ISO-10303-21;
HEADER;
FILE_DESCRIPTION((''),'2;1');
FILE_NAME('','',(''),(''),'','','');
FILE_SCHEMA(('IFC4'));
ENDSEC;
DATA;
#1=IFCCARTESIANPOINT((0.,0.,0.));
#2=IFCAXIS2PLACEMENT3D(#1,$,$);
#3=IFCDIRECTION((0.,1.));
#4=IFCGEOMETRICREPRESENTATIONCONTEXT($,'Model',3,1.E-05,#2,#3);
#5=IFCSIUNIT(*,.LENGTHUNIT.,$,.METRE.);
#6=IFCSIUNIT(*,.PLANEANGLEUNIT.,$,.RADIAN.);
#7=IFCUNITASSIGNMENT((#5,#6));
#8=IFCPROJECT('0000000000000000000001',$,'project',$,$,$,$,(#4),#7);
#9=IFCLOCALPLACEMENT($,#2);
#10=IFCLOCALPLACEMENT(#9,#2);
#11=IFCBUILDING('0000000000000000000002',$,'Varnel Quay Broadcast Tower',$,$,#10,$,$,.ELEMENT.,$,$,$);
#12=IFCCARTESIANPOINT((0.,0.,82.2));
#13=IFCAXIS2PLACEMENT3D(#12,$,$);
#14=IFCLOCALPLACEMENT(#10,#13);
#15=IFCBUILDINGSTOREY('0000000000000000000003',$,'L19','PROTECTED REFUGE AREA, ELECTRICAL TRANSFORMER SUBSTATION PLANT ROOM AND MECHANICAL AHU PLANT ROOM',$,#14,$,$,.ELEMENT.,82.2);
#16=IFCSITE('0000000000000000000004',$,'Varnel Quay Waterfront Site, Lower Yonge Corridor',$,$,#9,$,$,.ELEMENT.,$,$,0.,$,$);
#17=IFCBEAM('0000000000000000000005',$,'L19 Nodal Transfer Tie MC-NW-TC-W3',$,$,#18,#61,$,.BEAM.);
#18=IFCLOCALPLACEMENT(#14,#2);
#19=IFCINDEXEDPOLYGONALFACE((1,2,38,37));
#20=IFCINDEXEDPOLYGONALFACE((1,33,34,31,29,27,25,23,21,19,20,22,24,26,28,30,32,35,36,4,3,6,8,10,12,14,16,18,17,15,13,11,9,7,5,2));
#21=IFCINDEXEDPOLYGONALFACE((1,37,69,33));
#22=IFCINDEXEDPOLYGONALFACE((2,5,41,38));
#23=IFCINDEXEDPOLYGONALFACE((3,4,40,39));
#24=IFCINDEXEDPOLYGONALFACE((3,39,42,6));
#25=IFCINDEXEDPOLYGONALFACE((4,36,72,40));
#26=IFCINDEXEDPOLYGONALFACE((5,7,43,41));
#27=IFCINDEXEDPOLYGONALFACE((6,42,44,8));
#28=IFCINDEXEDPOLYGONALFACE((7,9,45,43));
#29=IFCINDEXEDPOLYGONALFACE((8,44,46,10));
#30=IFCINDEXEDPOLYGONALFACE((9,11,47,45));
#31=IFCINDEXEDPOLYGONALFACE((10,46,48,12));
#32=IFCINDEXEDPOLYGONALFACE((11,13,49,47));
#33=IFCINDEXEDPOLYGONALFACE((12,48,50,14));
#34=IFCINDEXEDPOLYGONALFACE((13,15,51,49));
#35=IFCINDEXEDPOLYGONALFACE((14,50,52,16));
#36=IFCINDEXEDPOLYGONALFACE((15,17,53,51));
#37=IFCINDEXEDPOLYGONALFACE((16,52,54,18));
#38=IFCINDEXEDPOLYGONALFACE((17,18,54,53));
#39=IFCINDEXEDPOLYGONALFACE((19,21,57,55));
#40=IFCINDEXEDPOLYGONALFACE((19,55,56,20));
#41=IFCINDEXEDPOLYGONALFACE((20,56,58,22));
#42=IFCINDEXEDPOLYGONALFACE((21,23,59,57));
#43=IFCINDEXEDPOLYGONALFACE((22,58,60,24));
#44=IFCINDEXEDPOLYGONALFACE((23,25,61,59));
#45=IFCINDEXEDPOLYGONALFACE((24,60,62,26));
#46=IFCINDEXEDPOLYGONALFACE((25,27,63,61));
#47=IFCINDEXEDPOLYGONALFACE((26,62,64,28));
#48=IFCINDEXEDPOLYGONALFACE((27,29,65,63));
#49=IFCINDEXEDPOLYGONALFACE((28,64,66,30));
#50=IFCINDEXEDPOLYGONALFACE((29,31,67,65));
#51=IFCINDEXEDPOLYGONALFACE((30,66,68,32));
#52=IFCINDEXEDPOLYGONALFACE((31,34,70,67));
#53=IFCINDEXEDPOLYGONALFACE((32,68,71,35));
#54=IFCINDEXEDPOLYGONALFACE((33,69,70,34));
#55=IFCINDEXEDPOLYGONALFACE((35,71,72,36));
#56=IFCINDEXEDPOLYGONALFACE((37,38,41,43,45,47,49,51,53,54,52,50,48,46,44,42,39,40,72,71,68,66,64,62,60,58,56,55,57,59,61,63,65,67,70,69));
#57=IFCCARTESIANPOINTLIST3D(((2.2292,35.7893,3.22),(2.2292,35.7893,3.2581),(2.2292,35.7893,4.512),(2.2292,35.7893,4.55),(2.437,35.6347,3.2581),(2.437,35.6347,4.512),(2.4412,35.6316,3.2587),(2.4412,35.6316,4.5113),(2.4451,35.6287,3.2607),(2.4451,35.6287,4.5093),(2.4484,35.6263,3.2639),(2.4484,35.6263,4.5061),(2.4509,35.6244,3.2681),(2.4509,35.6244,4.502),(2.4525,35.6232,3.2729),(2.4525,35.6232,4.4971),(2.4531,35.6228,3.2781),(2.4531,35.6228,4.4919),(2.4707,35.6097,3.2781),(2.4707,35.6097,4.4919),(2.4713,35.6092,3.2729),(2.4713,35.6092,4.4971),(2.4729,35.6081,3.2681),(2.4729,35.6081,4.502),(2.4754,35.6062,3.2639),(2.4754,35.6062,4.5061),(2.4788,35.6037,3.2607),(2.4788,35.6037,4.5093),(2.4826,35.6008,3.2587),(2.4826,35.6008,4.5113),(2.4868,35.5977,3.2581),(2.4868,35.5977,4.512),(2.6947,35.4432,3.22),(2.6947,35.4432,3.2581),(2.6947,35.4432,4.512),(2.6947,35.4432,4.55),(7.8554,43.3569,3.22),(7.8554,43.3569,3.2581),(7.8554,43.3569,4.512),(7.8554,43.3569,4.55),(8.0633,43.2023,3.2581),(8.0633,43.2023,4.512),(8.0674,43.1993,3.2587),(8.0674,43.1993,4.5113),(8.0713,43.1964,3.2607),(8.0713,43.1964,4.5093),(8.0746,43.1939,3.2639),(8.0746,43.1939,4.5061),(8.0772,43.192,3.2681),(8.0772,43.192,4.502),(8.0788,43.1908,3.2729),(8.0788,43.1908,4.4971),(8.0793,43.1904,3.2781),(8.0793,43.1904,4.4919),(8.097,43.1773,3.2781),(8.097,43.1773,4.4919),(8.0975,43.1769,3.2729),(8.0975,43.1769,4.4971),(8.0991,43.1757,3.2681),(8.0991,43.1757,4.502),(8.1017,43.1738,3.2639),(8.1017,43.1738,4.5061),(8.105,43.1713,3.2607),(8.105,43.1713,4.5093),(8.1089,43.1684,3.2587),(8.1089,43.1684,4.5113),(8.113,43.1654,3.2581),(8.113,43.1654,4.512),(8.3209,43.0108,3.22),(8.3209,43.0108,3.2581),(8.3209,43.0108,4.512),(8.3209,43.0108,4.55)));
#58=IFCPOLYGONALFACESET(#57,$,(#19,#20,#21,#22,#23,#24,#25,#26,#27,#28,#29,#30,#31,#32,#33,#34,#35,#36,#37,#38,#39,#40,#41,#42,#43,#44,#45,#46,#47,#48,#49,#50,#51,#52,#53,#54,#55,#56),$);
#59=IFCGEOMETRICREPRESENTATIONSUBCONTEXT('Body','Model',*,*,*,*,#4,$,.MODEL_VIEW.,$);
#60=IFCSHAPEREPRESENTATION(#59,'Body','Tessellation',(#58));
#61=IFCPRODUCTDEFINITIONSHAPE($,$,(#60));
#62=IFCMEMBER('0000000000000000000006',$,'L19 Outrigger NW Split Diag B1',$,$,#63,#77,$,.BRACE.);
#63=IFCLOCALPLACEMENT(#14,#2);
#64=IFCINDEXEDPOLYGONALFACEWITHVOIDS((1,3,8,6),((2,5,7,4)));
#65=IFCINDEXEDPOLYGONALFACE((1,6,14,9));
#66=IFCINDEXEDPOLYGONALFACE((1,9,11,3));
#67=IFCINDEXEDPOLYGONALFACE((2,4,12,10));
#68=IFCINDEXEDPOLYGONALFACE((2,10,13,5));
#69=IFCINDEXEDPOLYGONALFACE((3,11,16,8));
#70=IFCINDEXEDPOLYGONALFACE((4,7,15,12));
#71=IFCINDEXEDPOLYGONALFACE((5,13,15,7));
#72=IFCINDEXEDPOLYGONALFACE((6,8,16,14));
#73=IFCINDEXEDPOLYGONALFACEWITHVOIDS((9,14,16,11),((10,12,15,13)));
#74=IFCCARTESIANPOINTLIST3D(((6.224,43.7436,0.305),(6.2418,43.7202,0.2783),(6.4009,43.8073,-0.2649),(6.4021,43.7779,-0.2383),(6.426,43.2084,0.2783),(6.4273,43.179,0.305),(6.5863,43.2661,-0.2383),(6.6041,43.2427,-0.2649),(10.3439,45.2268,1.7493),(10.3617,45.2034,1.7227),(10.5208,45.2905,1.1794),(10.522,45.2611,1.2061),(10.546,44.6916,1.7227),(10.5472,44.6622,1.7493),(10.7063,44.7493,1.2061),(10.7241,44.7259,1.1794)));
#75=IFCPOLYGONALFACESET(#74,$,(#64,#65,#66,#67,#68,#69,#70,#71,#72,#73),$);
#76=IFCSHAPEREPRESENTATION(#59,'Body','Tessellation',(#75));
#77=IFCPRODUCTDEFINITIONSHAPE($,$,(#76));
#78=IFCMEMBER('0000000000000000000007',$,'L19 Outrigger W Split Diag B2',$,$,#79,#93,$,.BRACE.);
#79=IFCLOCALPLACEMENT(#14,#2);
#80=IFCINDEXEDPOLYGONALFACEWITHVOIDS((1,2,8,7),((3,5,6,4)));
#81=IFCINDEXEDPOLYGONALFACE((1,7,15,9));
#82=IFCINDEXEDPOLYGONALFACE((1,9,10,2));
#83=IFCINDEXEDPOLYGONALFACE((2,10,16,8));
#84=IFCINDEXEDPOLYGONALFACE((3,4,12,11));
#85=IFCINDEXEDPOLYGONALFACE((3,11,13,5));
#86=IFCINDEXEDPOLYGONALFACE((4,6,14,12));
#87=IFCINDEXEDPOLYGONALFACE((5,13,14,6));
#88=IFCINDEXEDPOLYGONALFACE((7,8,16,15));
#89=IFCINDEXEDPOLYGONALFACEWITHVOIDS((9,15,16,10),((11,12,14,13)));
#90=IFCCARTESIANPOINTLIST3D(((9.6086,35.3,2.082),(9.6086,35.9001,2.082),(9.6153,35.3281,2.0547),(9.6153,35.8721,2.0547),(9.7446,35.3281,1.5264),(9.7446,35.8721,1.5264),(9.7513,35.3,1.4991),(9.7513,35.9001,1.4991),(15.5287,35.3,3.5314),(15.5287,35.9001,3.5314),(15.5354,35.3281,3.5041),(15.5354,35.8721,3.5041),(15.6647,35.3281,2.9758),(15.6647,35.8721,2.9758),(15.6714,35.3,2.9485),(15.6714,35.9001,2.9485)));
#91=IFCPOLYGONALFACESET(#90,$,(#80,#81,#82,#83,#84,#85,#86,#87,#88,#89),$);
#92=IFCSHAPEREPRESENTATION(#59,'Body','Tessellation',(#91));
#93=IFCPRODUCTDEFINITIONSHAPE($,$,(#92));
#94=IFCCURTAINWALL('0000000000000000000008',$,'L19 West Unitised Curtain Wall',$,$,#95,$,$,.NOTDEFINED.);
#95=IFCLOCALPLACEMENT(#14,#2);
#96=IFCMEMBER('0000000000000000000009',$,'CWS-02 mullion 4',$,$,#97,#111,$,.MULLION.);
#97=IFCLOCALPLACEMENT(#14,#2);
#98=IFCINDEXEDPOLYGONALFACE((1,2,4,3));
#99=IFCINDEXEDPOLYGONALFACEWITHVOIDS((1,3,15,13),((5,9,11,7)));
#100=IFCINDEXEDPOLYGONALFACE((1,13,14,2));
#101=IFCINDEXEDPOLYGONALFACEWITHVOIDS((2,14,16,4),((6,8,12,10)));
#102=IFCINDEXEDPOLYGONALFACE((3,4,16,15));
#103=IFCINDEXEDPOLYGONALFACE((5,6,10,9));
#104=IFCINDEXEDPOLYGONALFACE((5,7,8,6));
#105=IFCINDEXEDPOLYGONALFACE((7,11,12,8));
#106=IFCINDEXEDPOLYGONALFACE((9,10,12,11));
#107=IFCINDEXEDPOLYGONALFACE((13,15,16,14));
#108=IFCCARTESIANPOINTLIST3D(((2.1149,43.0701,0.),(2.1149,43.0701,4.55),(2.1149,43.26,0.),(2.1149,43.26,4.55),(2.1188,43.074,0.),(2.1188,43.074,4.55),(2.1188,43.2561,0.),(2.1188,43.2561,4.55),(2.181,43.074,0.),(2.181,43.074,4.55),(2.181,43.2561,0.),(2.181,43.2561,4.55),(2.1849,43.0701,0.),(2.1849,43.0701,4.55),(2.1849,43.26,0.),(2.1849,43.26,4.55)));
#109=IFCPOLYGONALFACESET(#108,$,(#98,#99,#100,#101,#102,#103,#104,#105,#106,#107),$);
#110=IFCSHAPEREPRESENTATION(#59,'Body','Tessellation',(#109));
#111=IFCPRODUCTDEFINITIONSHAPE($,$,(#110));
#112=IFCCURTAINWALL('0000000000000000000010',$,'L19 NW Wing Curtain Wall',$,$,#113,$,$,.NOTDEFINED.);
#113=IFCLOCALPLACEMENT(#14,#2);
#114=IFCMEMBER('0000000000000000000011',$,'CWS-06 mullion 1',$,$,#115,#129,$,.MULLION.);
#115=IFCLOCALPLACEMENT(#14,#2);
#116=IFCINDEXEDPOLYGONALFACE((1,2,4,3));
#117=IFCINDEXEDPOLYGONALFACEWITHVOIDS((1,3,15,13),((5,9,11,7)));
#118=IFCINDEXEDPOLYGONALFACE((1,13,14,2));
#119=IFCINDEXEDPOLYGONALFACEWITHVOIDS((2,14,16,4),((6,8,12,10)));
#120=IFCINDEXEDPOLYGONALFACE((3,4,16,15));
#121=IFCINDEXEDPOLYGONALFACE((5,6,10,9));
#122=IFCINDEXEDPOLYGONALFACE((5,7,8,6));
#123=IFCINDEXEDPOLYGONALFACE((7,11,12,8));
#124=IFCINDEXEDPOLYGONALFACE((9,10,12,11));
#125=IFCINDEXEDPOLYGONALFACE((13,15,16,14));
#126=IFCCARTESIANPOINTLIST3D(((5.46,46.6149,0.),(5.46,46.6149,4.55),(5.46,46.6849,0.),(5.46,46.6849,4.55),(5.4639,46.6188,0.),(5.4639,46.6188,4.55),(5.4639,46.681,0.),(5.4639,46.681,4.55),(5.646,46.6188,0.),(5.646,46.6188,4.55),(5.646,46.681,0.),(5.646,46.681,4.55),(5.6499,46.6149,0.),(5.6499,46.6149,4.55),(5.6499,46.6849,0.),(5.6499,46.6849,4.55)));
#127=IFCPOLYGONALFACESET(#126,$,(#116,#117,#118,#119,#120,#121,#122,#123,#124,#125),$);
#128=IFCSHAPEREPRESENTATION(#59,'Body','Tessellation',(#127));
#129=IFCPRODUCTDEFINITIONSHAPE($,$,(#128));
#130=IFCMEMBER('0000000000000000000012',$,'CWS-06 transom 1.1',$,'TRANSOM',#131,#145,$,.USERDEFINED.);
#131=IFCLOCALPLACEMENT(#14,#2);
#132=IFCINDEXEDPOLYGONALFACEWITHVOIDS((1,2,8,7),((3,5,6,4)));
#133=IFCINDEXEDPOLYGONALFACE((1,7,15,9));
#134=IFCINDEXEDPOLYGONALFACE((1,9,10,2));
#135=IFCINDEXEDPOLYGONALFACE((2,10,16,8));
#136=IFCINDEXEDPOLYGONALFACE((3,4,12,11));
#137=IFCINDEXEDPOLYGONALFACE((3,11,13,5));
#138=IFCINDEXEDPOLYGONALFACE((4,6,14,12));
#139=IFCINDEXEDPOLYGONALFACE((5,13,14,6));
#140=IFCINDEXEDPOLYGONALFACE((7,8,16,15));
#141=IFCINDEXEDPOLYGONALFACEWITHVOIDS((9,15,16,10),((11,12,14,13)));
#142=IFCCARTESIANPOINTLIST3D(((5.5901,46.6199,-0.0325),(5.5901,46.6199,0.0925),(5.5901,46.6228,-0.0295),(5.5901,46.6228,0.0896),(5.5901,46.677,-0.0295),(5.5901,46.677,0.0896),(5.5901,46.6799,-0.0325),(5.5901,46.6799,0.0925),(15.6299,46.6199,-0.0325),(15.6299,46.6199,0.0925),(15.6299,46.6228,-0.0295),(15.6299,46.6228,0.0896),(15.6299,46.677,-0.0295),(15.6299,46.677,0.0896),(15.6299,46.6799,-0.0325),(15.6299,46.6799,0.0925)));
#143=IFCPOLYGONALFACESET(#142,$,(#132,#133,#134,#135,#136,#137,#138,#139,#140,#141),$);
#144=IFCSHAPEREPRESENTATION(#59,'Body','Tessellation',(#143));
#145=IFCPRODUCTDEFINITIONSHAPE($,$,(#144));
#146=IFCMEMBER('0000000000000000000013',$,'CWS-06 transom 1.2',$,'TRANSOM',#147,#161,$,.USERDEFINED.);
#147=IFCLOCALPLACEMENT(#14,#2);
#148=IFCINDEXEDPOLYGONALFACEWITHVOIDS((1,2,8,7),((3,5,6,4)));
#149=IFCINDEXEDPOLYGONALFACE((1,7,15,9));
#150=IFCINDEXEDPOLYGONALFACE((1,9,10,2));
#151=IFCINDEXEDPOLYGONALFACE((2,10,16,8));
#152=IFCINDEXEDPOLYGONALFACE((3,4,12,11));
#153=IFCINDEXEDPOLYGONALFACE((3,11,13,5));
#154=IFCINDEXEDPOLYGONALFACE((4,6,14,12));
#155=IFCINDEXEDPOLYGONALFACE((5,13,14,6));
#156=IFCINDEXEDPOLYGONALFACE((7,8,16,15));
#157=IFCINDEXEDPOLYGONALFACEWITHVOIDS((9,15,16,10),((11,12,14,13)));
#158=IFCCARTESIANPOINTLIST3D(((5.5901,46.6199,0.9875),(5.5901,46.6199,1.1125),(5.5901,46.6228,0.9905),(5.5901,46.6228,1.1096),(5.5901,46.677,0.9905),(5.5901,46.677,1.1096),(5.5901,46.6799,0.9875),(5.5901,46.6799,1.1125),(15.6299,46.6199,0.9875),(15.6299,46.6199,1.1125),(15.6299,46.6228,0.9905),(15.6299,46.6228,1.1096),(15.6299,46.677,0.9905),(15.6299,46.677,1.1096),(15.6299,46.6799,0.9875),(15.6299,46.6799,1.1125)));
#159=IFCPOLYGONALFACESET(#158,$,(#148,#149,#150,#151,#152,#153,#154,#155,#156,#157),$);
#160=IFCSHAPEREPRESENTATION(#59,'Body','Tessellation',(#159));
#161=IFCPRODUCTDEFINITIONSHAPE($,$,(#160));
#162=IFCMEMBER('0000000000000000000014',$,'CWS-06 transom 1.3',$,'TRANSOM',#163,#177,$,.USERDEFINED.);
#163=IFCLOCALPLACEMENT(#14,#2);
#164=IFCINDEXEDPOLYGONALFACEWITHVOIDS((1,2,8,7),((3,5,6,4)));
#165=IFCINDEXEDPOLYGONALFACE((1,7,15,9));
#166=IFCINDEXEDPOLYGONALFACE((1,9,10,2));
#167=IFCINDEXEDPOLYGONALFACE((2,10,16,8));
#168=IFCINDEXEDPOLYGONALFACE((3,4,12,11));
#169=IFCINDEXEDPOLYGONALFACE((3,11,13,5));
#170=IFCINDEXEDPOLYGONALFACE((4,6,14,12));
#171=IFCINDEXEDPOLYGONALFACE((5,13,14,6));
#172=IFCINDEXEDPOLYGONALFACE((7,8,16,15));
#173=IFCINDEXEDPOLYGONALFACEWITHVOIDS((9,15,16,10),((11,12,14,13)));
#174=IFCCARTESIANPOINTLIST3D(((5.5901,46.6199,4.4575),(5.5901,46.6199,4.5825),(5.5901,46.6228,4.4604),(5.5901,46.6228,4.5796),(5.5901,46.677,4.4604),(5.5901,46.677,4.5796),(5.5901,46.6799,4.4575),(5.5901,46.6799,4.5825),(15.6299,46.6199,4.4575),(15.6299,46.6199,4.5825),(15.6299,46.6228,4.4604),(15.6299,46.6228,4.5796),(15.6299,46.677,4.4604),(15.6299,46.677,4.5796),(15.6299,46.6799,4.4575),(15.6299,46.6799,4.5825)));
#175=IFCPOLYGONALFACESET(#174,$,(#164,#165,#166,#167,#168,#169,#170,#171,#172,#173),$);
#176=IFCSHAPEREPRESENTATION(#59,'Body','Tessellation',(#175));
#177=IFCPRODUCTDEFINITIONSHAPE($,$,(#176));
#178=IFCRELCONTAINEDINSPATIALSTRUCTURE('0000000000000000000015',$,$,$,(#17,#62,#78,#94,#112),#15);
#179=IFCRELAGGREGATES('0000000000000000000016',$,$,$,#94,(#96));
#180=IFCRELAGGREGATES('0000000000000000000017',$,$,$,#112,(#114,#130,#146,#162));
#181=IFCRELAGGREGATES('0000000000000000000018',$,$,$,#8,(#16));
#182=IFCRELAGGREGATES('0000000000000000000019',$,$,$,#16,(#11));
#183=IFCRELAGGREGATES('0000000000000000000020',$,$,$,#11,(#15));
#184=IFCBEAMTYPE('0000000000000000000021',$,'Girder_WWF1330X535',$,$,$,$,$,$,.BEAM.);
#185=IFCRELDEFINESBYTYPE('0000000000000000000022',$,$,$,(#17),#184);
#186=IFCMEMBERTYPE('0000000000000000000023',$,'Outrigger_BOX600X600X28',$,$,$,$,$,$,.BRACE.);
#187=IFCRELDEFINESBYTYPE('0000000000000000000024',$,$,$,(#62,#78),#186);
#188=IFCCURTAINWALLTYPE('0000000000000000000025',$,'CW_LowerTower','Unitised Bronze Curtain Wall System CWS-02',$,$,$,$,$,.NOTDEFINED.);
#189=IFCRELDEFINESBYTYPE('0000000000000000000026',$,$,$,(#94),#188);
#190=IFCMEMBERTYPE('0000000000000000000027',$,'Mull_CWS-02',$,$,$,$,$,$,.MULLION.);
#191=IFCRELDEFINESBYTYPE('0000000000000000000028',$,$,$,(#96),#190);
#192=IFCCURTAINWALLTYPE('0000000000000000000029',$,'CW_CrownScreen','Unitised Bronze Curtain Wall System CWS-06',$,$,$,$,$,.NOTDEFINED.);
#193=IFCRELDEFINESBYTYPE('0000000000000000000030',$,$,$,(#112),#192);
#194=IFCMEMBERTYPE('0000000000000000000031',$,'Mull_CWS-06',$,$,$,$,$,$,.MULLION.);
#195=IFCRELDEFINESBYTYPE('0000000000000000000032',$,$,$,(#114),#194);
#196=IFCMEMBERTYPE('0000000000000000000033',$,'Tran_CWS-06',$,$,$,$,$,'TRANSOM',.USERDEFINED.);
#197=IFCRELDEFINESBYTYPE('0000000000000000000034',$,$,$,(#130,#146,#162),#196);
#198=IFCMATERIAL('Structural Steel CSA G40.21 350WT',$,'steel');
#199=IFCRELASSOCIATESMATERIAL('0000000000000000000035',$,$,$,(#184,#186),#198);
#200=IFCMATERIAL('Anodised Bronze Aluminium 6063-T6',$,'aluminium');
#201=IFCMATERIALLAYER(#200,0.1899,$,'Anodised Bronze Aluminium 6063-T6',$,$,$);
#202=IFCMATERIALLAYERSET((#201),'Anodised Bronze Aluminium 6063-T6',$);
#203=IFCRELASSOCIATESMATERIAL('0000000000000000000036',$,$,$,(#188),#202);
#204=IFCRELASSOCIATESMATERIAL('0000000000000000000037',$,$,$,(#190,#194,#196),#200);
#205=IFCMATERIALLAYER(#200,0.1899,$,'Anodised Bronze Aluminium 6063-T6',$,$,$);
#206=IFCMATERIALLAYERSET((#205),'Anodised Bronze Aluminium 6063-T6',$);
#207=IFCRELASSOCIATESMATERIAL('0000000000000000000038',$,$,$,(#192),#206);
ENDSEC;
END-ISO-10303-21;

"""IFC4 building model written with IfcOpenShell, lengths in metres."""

from ifc_helpers import new_model, si_unit, direction, frame, origin, origin_2d, place, context, subcontext, project, spatial, hollow_rectangle, i_section, extrude, source, transform, mapped, material, layer, layer_set, material_profile, profile_set, type_object, type_shapes, element, aggregate, save


model = new_model("IFC4")

# Units and contexts
model_context = context("Model", 3, precision=1e-05, world=origin(), true_north=direction((0.0, 1.0)))
body_context = subcontext(model_context, "Body", "Model", "MODEL_VIEW")
ifc_project = project(units=[si_unit("LENGTHUNIT", "METRE"), si_unit("PLANEANGLEUNIT", "RADIAN")], contexts=[model_context])

# Site, building, storey
site_placement = place(None, origin())
site = spatial("IfcSite", under=ifc_project, at=site_placement, Name="Varnel Quay Waterfront Site, Lower Yonge Corridor", CompositionType="ELEMENT", RefElevation=0.0)
building_placement = place(site_placement, origin())
building = spatial("IfcBuilding", under=site, at=building_placement, Name="Varnel Quay Broadcast Tower", CompositionType="ELEMENT")
storey_placement = place(building_placement, frame((0.0, 0.0, 82.2)))
storey = spatial("IfcBuildingStorey", under=building, at=storey_placement, Name="L19", Description="PROTECTED REFUGE AREA, ELECTRICAL TRANSFORMER SUBSTATION PLANT ROOM AND MECHANICAL AHU PLANT ROOM", CompositionType="ELEMENT", Elevation=82.2)

# Shared definitions
ifc_material_1 = material(Name="Structural Steel CSA G40.21 350WT", Category="steel")

# Beam
ifc_material_profile_1 = material_profile(ifc_material_1, i_section(OverallWidth=0.5801, OverallDepth=1.3301, WebThickness=0.022, FlangeThickness=0.0381, FilletRadius=0.02, at=origin_2d()), Name="WWF1330X535")
ifc_profile_set_1 = profile_set([ifc_material_profile_1], Name="Structural Steel CSA G40.21 350WT")
beam_type = type_object("IfcBeamType", Name="Girder_WWF1330X535", PredefinedType="BEAM", material=ifc_profile_set_1)
shared_shape_1 = source(origin(), body_context, "Body", "SweptSolid", [
    extrude(i_section(OverallWidth=0.5801, OverallDepth=1.3301, WebThickness=0.022, FlangeThickness=0.0381, FilletRadius=0.02, at=origin_2d()), origin(), (0.0, 0.0, 1.0), 9.4299),
])
beam_1_placement = place(storey_placement, frame((2.4619, 35.6162, 3.885), z_axis=(0.596635, 0.802513, 0.0), x_axis=(-0.802513, 0.596635, 0.0)))
element("IfcBeam", 1, at=beam_1_placement, inside=storey, type_object=beam_type, Name="L19 Nodal Transfer Tie MC-NW-TC-W3", PredefinedType="BEAM", context=body_context, shape_type="MappedRepresentation", body=[
    mapped(shared_shape_1, transform((0.0, 0.0, 0.0), x_axis=(1.0, 0.0, 0.0), y_axis=(0.0, 1.0, 0.0), z_axis=(0.0, 0.0, 1.0), scale=1.0)),
])

# Members
ifc_material_profile_2 = material_profile(ifc_material_1, hollow_rectangle(XDim=0.6001, YDim=0.6001, WallThickness=0.0281, at=origin_2d()), Name="BOX600X600X28")
ifc_profile_set_2 = profile_set([ifc_material_profile_2], Name="Structural Steel CSA G40.21 350WT")
member_type_1 = type_object("IfcMemberType", Name="Outrigger_BOX600X600X28", PredefinedType="BRACE", material=ifc_profile_set_2)
shared_shape_2 = source(origin(), body_context, "Body", "SweptSolid", [
    extrude(hollow_rectangle(XDim=0.6001, YDim=0.6001, WallThickness=0.0281, at=origin_2d()), origin(), (0.0, 0.0, 1.0), 4.6108),
])
member_1_placement = place(storey_placement, frame((6.4141, 43.4932, 0.02), z_axis=(0.893532, 0.321672, 0.313253), x_axis=(-0.338719, 0.940887, 0.0)))
element("IfcMember", 2, at=member_1_placement, inside=storey, type_object=member_type_1, Name="L19 Outrigger NW Split Diag B1", PredefinedType="BRACE", context=body_context, shape_type="MappedRepresentation", body=[
    mapped(shared_shape_2, transform((0.0, 0.0, 0.0), x_axis=(1.0, 0.0, 0.0), y_axis=(0.0, 1.0, 0.0), z_axis=(0.0, 0.0, 1.0), scale=1.0)),
])
shared_shape_3 = source(origin(), body_context, "Body", "SweptSolid", [
    extrude(hollow_rectangle(XDim=0.6001, YDim=0.6001, WallThickness=0.0281, at=origin_2d()), origin(), (0.0, 0.0, 1.0), 6.095),
])
type_shapes(member_type_1, [shared_shape_2, shared_shape_3])
member_2_placement = place(storey_placement, frame((9.6799, 35.6001, 1.7905), z_axis=(0.971311, 0.0, 0.237811), x_axis=(0.0, 1.0, 0.0)))
element("IfcMember", 3, at=member_2_placement, inside=storey, type_object=member_type_1, Name="L19 Outrigger W Split Diag B2", PredefinedType="BRACE", context=body_context, shape_type="MappedRepresentation", body=[
    mapped(shared_shape_3, transform((0.0, 0.0, 0.0), x_axis=(1.0, 0.0, 0.0), y_axis=(0.0, 1.0, 0.0), z_axis=(0.0, 0.0, 1.0), scale=1.0)),
])

# Curtain wall, member
ifc_material_2 = material(Name="Anodised Bronze Aluminium 6063-T6", Category="aluminium")
ifc_layer_1 = layer(ifc_material_2, 0.1899, Name="Anodised Bronze Aluminium 6063-T6")
ifc_layer_set_1 = layer_set([ifc_layer_1], Name="Anodised Bronze Aluminium 6063-T6")
curtain_wall_type_1 = type_object("IfcCurtainWallType", Name="CW_LowerTower", Description="Unitised Bronze Curtain Wall System CWS-02", PredefinedType="NOTDEFINED", material=ifc_layer_set_1)
curtain_wall_1_placement = place(storey_placement, origin())
curtain_wall_1 = element("IfcCurtainWall", 4, at=curtain_wall_1_placement, inside=storey, type_object=curtain_wall_type_1, Name="L19 West Unitised Curtain Wall", PredefinedType="NOTDEFINED")
ifc_material_profile_3 = material_profile(ifc_material_2, hollow_rectangle(XDim=0.0701, YDim=0.1899, WallThickness=0.0039, at=origin_2d()), Name="ALU70X190X4")
ifc_profile_set_3 = profile_set([ifc_material_profile_3], Name="Anodised Bronze Aluminium 6063-T6")
member_type_2 = type_object("IfcMemberType", Name="Mull_CWS-02", PredefinedType="MULLION", material=ifc_profile_set_3)
shared_shape_4 = source(origin(), body_context, "Body", "SweptSolid", [
    extrude(hollow_rectangle(XDim=0.0701, YDim=0.1899, WallThickness=0.0039, at=origin_2d()), origin(), (0.0, 0.0, 1.0), 4.55),
])
type_shapes(member_type_2, [shared_shape_4])
member_3_placement = place(storey_placement, frame((2.1499, 43.165, 0.0), z_axis=(0.0, 0.0, 1.0), x_axis=(-1.0, 0.0, 0.0)))
member_3 = element("IfcMember", 5, at=member_3_placement, type_object=member_type_2, Name="CWS-02 mullion 4", PredefinedType="MULLION", context=body_context, shape_type="MappedRepresentation", body=[
    mapped(shared_shape_4, transform((0.0, 0.0, 0.0), x_axis=(1.0, 0.0, 0.0), y_axis=(0.0, 1.0, 0.0), z_axis=(0.0, 0.0, 1.0), scale=1.0)),
])

# Curtain wall, members
ifc_layer_2 = layer(ifc_material_2, 0.1899, Name="Anodised Bronze Aluminium 6063-T6")
ifc_layer_set_2 = layer_set([ifc_layer_2], Name="Anodised Bronze Aluminium 6063-T6")
curtain_wall_type_2 = type_object("IfcCurtainWallType", Name="CW_CrownScreen", Description="Unitised Bronze Curtain Wall System CWS-06", PredefinedType="NOTDEFINED", material=ifc_layer_set_2)
curtain_wall_2_placement = place(storey_placement, origin())
curtain_wall_2 = element("IfcCurtainWall", 6, at=curtain_wall_2_placement, inside=storey, type_object=curtain_wall_type_2, Name="L19 NW Wing Curtain Wall", PredefinedType="NOTDEFINED")
ifc_material_profile_4 = material_profile(ifc_material_2, hollow_rectangle(XDim=0.0701, YDim=0.1899, WallThickness=0.0039, at=origin_2d()), Name="ALU70X190X4")
ifc_profile_set_4 = profile_set([ifc_material_profile_4], Name="Anodised Bronze Aluminium 6063-T6")
member_type_3 = type_object("IfcMemberType", Name="Mull_CWS-06", PredefinedType="MULLION", material=ifc_profile_set_4)
shared_shape_5 = source(origin(), body_context, "Body", "SweptSolid", [
    extrude(hollow_rectangle(XDim=0.0701, YDim=0.1899, WallThickness=0.0039, at=origin_2d()), origin(), (0.0, 0.0, 1.0), 4.55),
])
type_shapes(member_type_3, [shared_shape_5])
member_4_placement = place(storey_placement, frame((5.5549, 46.6499, 0.0), z_axis=(0.0, 0.0, 1.0), x_axis=(0.0, 1.0, 0.0)))
member_4 = element("IfcMember", 7, at=member_4_placement, type_object=member_type_3, Name="CWS-06 mullion 1", PredefinedType="MULLION", context=body_context, shape_type="MappedRepresentation", body=[
    mapped(shared_shape_5, transform((0.0, 0.0, 0.0), x_axis=(1.0, 0.0, 0.0), y_axis=(0.0, 1.0, 0.0), z_axis=(0.0, 0.0, 1.0), scale=1.0)),
])
ifc_material_profile_5 = material_profile(ifc_material_2, hollow_rectangle(XDim=0.0601, YDim=0.125, WallThickness=0.0029, at=origin_2d()), Name="ALU60X125X3")
ifc_profile_set_5 = profile_set([ifc_material_profile_5], Name="Anodised Bronze Aluminium 6063-T6")
member_type_4 = type_object("IfcMemberType", Name="Tran_CWS-06", ElementType="TRANSOM", PredefinedType="USERDEFINED", material=ifc_profile_set_5)
shared_shape_6 = source(origin(), body_context, "Body", "SweptSolid", [
    extrude(hollow_rectangle(XDim=0.0601, YDim=0.125, WallThickness=0.0029, at=origin_2d()), origin(), (0.0, 0.0, 1.0), 10.0398),
])
type_shapes(member_type_4, [shared_shape_6])
member_5_placement = place(storey_placement, frame((5.5901, 46.6499, 0.03), z_axis=(1.0, 0.0, 0.0), x_axis=(0.0, 1.0, 0.0)))
member_5 = element("IfcMember", 8, at=member_5_placement, type_object=member_type_4, Name="CWS-06 transom 1.1", ObjectType="TRANSOM", PredefinedType="USERDEFINED", context=body_context, shape_type="MappedRepresentation", body=[
    mapped(shared_shape_6, transform((0.0, 0.0, 0.0), x_axis=(1.0, 0.0, 0.0), y_axis=(0.0, 1.0, 0.0), z_axis=(0.0, 0.0, 1.0), scale=1.0)),
])
member_6_placement = place(storey_placement, frame((5.5901, 46.6499, 1.05), z_axis=(1.0, 0.0, 0.0), x_axis=(0.0, 1.0, 0.0)))
member_6 = element("IfcMember", 9, at=member_6_placement, type_object=member_type_4, Name="CWS-06 transom 1.2", ObjectType="TRANSOM", PredefinedType="USERDEFINED", context=body_context, shape_type="MappedRepresentation", body=[
    mapped(shared_shape_6, transform((0.0, 0.0, 0.0), x_axis=(1.0, 0.0, 0.0), y_axis=(0.0, 1.0, 0.0), z_axis=(0.0, 0.0, 1.0), scale=1.0)),
])
member_7_placement = place(storey_placement, frame((5.5901, 46.6499, 4.52), z_axis=(1.0, 0.0, 0.0), x_axis=(0.0, 1.0, 0.0)))
member_7 = element("IfcMember", 10, at=member_7_placement, type_object=member_type_4, Name="CWS-06 transom 1.3", ObjectType="TRANSOM", PredefinedType="USERDEFINED", context=body_context, shape_type="MappedRepresentation", body=[
    mapped(shared_shape_6, transform((0.0, 0.0, 0.0), x_axis=(1.0, 0.0, 0.0), y_axis=(0.0, 1.0, 0.0), z_axis=(0.0, 0.0, 1.0), scale=1.0)),
])

aggregate(curtain_wall_1, [member_3])
aggregate(curtain_wall_2, [member_4, member_5, member_6, member_7])

save(model, "model.ifc")
